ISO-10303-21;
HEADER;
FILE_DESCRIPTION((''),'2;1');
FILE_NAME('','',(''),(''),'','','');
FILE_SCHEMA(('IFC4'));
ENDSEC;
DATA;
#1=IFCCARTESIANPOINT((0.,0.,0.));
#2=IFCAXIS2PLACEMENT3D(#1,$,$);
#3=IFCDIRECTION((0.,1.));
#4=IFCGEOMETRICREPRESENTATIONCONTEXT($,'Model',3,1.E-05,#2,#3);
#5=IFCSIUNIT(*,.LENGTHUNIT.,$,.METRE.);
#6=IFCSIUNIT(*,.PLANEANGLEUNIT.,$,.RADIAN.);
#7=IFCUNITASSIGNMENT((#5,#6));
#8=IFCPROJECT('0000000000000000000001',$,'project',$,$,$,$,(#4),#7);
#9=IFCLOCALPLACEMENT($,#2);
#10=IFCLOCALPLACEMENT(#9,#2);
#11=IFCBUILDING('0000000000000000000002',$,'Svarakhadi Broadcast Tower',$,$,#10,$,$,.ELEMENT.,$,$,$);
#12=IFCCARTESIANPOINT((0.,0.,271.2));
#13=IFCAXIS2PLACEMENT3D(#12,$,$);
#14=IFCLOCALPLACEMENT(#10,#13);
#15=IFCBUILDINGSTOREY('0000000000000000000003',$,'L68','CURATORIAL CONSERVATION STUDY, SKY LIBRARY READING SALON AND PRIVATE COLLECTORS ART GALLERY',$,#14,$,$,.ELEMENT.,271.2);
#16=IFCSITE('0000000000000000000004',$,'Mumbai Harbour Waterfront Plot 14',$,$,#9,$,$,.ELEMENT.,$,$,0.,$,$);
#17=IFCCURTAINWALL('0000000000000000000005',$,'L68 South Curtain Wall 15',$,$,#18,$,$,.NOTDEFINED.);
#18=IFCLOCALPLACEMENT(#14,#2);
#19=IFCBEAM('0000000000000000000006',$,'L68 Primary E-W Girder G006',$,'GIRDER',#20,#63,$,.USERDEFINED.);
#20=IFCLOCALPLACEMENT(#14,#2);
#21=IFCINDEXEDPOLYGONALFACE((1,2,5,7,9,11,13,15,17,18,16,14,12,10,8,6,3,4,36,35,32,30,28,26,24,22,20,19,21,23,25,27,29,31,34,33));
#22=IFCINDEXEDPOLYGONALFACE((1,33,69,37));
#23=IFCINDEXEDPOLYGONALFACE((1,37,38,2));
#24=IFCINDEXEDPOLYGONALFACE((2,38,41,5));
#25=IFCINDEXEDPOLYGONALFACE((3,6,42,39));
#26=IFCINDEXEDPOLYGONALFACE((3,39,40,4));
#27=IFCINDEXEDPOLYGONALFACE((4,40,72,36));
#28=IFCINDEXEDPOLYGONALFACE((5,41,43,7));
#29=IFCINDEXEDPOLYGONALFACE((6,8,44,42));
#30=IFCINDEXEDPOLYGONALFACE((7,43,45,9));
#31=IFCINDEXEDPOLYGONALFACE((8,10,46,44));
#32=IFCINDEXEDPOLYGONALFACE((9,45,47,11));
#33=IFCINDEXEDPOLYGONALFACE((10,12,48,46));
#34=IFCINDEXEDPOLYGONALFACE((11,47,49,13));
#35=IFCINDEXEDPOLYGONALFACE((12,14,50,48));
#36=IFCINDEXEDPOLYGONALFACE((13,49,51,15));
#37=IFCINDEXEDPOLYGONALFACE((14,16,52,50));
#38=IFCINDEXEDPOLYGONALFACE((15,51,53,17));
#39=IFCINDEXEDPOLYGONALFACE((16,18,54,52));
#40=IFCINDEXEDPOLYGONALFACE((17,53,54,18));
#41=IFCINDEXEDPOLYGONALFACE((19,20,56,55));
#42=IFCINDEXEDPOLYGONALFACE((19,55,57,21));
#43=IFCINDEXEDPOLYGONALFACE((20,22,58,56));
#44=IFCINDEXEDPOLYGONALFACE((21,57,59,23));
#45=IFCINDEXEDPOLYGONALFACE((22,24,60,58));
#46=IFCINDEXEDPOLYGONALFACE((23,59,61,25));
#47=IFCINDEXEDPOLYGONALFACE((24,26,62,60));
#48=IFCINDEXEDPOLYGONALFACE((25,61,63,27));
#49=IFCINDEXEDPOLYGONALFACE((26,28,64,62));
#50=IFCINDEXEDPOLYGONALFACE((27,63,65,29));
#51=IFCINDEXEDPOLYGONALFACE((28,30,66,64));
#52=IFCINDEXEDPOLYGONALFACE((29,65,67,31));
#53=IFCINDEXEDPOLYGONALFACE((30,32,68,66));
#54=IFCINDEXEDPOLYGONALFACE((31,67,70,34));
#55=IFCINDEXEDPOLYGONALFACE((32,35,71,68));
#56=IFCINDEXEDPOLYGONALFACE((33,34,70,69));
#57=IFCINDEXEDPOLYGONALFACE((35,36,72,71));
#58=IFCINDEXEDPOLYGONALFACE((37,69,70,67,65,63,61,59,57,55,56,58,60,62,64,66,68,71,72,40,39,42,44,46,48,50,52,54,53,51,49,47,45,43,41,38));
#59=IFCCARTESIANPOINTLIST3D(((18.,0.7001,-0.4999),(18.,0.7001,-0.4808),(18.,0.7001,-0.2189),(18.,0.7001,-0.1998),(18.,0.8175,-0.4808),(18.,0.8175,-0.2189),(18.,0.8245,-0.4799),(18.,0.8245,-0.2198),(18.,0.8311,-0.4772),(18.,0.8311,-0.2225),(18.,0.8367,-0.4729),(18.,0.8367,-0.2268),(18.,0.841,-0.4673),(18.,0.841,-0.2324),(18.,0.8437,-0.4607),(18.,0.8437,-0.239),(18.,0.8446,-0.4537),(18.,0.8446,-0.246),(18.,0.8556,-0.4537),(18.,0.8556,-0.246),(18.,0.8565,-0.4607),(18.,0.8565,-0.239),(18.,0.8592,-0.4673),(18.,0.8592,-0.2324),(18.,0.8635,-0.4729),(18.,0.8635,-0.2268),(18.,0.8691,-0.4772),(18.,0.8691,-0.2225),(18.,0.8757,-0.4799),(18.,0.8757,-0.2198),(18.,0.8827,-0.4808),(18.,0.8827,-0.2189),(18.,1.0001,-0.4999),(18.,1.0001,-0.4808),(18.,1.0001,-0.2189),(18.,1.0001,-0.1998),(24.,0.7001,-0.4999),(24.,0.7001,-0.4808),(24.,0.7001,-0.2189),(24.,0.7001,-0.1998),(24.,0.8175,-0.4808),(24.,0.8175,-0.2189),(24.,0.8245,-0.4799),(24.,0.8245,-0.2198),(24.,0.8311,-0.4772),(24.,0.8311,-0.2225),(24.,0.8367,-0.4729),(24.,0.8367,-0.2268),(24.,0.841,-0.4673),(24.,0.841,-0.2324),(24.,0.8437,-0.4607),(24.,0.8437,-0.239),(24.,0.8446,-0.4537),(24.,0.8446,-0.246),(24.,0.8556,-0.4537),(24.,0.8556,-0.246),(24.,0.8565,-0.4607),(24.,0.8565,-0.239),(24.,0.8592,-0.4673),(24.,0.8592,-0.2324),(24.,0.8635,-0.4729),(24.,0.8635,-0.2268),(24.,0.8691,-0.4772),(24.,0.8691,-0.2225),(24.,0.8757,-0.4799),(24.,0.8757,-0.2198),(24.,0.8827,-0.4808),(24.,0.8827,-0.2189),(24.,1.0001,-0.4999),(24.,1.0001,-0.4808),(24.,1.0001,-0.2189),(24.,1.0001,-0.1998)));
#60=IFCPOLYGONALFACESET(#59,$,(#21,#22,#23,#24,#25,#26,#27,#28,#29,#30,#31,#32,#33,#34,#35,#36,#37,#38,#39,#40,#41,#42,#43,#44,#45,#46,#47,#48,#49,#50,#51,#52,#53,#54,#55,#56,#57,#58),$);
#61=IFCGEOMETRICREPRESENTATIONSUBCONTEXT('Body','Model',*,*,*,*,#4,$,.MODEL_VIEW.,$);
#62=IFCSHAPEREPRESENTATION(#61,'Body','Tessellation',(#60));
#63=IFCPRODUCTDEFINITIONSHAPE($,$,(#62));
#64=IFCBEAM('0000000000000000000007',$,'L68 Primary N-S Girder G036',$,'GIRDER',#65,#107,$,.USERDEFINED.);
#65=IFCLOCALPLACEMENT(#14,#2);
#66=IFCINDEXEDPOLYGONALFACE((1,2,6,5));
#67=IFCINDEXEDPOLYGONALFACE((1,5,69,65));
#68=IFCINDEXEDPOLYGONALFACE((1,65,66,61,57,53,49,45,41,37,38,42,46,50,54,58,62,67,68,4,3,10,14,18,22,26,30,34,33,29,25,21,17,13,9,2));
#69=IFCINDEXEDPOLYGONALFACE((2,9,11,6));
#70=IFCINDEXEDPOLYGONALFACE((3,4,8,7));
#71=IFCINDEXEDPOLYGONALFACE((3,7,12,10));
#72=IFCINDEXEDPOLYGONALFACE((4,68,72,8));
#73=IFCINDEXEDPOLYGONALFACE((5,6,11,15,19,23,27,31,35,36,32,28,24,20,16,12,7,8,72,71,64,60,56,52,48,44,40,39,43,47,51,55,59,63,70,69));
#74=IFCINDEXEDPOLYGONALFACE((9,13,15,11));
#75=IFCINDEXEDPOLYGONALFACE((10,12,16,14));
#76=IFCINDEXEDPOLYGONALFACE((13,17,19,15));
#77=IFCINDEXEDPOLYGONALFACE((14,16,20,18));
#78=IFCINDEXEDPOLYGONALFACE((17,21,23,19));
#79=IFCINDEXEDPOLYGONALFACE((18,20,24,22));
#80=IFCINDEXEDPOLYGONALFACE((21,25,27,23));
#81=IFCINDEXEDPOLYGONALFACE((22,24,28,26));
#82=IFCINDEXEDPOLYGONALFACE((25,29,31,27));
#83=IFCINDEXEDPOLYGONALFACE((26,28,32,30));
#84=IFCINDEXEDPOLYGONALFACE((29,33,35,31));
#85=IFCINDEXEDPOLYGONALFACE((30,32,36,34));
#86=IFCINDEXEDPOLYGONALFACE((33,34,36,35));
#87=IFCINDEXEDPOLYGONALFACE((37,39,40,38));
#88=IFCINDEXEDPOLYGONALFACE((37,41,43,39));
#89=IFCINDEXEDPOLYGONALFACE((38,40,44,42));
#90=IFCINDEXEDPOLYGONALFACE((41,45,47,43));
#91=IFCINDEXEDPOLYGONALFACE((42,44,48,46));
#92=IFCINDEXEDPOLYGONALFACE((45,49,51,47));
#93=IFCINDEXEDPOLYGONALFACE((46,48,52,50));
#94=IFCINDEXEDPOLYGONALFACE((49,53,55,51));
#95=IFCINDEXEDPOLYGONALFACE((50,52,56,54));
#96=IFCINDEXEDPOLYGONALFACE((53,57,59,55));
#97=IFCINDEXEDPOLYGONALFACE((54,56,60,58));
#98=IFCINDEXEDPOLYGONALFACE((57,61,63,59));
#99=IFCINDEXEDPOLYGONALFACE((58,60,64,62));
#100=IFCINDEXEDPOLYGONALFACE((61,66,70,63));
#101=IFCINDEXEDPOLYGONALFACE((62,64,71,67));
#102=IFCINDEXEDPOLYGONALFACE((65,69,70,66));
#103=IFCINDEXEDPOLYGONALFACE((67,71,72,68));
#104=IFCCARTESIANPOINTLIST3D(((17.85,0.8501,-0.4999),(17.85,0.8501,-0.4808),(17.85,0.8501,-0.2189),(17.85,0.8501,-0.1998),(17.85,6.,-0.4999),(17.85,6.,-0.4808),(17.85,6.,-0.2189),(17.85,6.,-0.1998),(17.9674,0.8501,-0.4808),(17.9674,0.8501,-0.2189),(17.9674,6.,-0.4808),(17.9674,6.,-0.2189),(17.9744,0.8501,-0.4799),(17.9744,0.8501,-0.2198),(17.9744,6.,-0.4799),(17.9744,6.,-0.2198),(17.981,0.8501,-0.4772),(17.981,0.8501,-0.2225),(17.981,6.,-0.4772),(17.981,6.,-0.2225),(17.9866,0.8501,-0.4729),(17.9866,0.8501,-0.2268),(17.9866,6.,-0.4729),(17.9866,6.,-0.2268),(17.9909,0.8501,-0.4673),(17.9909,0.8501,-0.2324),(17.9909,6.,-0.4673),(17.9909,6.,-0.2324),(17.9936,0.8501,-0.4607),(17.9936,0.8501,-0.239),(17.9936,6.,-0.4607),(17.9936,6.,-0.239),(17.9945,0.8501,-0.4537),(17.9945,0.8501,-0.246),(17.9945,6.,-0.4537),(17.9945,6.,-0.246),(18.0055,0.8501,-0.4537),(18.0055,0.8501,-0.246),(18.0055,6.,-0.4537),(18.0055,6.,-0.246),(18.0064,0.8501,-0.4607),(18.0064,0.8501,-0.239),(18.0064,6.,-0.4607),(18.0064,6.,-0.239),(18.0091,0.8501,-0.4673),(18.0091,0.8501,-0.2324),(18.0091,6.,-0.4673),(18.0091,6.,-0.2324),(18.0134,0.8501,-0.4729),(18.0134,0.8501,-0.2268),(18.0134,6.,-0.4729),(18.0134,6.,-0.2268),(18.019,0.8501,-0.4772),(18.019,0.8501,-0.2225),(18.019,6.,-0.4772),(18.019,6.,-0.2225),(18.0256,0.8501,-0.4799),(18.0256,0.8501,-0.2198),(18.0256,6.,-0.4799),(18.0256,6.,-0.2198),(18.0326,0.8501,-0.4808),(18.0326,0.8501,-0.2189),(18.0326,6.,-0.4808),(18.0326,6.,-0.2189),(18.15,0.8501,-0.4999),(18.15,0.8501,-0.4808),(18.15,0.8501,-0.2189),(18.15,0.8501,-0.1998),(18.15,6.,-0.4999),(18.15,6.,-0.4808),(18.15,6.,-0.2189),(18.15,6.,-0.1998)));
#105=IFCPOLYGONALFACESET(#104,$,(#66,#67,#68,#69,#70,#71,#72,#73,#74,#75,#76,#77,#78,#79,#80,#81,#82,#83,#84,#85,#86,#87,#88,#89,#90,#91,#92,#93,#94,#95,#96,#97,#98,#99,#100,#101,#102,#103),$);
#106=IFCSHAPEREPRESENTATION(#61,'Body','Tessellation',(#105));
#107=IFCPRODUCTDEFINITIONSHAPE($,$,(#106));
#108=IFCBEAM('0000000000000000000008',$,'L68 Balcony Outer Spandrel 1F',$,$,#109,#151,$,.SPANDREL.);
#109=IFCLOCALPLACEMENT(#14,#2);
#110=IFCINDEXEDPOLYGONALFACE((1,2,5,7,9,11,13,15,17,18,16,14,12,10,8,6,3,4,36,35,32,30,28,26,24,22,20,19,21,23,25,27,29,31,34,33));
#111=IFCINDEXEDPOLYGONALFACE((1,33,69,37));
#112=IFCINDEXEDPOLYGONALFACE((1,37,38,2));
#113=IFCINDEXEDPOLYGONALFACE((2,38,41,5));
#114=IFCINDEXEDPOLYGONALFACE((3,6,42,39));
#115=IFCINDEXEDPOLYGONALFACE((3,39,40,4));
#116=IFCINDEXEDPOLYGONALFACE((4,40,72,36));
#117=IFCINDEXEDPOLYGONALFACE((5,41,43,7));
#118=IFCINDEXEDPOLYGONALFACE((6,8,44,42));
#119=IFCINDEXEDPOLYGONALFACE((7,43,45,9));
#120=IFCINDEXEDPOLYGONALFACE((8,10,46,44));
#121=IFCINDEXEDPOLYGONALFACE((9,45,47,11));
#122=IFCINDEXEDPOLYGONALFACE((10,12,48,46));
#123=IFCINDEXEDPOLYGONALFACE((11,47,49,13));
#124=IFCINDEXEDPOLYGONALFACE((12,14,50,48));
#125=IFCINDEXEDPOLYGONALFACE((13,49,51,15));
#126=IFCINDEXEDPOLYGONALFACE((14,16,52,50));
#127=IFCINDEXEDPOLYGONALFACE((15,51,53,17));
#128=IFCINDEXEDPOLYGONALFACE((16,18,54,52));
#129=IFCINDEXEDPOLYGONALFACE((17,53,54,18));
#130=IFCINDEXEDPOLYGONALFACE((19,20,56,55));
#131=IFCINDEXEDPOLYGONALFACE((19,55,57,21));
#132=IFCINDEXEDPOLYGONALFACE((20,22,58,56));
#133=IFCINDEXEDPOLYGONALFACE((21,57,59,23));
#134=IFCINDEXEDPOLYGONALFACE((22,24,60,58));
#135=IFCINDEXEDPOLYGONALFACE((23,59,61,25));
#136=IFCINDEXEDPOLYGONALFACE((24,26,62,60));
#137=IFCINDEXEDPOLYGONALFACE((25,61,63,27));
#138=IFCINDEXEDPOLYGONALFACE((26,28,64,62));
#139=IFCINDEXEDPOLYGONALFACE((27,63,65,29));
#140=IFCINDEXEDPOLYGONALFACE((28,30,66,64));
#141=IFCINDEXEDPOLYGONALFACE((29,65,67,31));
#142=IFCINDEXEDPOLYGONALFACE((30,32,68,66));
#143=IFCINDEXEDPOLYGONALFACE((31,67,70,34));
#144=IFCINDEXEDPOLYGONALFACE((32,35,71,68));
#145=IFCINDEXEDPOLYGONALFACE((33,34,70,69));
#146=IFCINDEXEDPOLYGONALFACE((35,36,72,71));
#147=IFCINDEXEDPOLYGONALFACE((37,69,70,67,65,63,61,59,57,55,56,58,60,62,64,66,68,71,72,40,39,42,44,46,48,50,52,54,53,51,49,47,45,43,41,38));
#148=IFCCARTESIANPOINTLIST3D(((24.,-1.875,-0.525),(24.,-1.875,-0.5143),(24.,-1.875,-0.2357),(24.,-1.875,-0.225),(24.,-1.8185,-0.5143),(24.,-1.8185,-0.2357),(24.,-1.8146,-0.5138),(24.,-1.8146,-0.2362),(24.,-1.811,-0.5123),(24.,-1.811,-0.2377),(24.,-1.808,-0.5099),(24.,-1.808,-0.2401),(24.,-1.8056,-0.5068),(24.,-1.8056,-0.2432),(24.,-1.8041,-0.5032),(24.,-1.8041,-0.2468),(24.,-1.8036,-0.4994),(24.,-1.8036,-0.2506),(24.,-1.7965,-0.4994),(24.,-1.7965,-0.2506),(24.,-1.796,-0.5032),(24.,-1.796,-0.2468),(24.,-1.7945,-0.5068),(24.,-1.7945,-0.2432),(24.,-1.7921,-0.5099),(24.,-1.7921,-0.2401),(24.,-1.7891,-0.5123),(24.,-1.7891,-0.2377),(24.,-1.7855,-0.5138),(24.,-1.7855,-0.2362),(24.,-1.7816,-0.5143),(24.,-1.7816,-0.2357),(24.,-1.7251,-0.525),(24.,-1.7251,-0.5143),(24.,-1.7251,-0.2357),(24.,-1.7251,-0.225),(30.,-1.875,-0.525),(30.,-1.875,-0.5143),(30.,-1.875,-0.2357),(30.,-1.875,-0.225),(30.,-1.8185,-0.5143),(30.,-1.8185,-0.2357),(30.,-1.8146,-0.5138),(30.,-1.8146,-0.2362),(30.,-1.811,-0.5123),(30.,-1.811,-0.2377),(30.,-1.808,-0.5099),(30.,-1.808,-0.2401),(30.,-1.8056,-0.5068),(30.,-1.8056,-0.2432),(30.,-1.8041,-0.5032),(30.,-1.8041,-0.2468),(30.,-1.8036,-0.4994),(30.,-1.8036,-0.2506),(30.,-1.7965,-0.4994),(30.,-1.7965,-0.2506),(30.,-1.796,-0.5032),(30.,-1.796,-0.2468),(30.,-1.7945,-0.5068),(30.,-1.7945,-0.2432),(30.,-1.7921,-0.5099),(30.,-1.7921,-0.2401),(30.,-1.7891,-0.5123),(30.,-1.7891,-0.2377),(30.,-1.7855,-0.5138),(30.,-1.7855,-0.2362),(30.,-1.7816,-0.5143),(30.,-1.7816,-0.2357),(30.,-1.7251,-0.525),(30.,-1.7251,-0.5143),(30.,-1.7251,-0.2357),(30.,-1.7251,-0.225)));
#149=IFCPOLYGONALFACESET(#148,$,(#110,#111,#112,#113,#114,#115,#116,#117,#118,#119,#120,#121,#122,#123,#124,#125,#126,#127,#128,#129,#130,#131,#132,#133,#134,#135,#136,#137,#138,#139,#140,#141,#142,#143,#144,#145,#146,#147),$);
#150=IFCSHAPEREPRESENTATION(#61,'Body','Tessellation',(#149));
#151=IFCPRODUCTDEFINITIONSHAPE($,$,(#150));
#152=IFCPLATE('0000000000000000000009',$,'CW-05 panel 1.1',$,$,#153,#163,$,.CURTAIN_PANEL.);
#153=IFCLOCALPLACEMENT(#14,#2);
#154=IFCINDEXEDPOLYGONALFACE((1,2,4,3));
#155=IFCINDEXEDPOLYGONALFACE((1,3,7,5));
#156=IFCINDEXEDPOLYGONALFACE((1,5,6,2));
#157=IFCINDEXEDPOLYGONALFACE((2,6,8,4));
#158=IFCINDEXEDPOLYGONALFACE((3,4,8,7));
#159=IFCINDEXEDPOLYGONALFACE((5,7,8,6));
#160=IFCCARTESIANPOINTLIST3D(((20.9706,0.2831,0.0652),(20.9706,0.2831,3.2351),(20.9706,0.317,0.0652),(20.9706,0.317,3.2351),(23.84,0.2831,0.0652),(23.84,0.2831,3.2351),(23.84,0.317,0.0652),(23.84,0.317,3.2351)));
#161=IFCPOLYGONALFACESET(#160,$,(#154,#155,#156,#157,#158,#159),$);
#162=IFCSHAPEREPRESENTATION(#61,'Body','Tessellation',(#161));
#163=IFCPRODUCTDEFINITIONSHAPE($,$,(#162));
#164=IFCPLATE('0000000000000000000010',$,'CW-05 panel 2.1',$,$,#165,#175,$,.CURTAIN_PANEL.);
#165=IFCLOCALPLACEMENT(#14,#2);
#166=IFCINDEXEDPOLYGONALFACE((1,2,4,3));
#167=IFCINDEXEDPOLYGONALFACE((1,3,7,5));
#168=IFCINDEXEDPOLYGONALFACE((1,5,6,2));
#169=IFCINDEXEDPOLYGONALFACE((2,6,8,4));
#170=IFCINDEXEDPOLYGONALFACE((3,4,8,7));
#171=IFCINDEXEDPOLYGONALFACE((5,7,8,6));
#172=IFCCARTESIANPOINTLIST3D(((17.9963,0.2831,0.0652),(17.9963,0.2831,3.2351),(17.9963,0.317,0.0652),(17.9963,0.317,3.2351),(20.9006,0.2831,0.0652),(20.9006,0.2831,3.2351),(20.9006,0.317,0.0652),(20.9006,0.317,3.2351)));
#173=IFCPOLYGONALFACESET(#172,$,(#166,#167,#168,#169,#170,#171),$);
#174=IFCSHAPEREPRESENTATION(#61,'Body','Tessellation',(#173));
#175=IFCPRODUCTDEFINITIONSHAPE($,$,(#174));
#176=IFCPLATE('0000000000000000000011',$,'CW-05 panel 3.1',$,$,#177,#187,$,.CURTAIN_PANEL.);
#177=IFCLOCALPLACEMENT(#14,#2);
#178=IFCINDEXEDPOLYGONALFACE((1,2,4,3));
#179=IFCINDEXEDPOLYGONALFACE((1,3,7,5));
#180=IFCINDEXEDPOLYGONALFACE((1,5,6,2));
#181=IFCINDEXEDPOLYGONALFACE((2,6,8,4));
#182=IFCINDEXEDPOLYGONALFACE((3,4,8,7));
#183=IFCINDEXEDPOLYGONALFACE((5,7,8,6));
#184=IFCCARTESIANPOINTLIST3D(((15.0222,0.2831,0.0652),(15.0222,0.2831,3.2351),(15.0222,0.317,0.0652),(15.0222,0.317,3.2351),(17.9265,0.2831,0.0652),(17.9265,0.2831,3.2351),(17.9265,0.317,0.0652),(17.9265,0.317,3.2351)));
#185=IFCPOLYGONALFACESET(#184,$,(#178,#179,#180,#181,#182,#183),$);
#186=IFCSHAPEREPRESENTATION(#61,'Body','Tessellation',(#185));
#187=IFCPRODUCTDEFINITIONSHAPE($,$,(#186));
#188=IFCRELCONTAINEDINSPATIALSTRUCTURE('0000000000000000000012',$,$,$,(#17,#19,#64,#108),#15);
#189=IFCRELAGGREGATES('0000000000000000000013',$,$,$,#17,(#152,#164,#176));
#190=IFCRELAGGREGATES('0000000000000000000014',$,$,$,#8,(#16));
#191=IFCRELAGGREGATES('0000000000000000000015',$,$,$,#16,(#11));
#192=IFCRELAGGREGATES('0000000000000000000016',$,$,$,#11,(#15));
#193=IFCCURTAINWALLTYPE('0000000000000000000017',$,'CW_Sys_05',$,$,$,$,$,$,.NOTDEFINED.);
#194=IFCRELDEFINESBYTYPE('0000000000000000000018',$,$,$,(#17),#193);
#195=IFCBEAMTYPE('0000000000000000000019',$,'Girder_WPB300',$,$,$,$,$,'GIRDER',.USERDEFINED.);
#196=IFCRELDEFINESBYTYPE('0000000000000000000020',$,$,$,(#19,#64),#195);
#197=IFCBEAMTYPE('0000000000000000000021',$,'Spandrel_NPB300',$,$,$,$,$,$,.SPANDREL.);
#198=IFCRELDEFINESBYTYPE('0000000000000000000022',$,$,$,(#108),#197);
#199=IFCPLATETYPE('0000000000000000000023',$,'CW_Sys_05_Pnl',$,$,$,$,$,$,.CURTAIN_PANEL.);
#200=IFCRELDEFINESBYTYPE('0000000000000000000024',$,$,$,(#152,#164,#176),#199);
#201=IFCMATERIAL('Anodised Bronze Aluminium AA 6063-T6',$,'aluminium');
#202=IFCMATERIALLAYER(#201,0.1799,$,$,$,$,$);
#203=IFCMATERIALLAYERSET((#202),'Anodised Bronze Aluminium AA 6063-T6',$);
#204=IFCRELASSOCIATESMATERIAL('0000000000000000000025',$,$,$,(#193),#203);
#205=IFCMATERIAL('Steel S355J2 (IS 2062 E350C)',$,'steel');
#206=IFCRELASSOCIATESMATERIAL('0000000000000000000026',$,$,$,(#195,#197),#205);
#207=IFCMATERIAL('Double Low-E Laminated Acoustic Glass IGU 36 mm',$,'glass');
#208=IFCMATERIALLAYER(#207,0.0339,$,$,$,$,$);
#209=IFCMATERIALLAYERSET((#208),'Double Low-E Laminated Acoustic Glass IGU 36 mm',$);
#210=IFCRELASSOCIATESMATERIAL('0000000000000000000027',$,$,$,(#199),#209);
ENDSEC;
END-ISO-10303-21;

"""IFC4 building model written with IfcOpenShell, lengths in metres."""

from ifc_helpers import new_model, si_unit, direction, frame, origin, origin_2d, place, context, subcontext, project, spatial, rectangle, i_section, extrude, material, layer, layer_set, material_profile, profile_set, type_object, element, aggregate, save


model = new_model("IFC4")

# Units and contexts
model_context = context("Model", 3, precision=1e-05, world=origin(), true_north=direction((0.0, 1.0)))
body_context = subcontext(model_context, "Body", "Model", "MODEL_VIEW")
ifc_project = project(units=[si_unit("LENGTHUNIT", "METRE"), si_unit("PLANEANGLEUNIT", "RADIAN")], contexts=[model_context])

# Site, building, storey
site_placement = place(None, origin())
site = spatial("IfcSite", under=ifc_project, at=site_placement, Name="Mumbai Harbour Waterfront Plot 14", CompositionType="ELEMENT", RefElevation=0.0)
building_placement = place(site_placement, origin())
building = spatial("IfcBuilding", under=site, at=building_placement, Name="Svarakhadi Broadcast Tower", CompositionType="ELEMENT")
storey_placement = place(building_placement, frame((0.0, 0.0, 271.2)))
storey = spatial("IfcBuildingStorey", under=building, at=storey_placement, Name="L68", Description="CURATORIAL CONSERVATION STUDY, SKY LIBRARY READING SALON AND PRIVATE COLLECTORS ART GALLERY", CompositionType="ELEMENT", Elevation=271.2)

# Curtain wall
ifc_material_1 = material(Name="Anodised Bronze Aluminium AA 6063-T6", Category="aluminium")
ifc_layer_1 = layer(ifc_material_1, 0.1799)
ifc_layer_set_1 = layer_set([ifc_layer_1], Name="Anodised Bronze Aluminium AA 6063-T6")
curtain_wall_type = type_object("IfcCurtainWallType", Name="CW_Sys_05", PredefinedType="NOTDEFINED", material=ifc_layer_set_1)
curtain_wall_placement = place(storey_placement, origin())
curtain_wall = element("IfcCurtainWall", 1, at=curtain_wall_placement, inside=storey, type_object=curtain_wall_type, Name="L68 South Curtain Wall 15", PredefinedType="NOTDEFINED")

# Beams
ifc_material_2 = material(Name="Steel S355J2 (IS 2062 E350C)", Category="steel")
ifc_material_profile_1 = material_profile(ifc_material_2, i_section(OverallWidth=0.3, OverallDepth=0.3, WebThickness=0.011, FlangeThickness=0.019, FilletRadius=0.0271, at=origin_2d()), Name="WPB 300x300x117")
ifc_profile_set_1 = profile_set([ifc_material_profile_1], Name="Steel S355J2 (IS 2062 E350C)")
beam_type_1 = type_object("IfcBeamType", Name="Girder_WPB300", ElementType="GIRDER", PredefinedType="USERDEFINED", material=ifc_profile_set_1)
beam_1_placement = place(storey_placement, frame((18.0, 0.8501, -0.3499), z_axis=(1.0, 0.0, 0.0), x_axis=(0.0, 1.0, 0.0)))
element("IfcBeam", 2, at=beam_1_placement, inside=storey, type_object=beam_type_1, Name="L68 Primary E-W Girder G006", ObjectType="GIRDER", PredefinedType="USERDEFINED", context=body_context, shape_type="SweptSolid", body=[
    extrude(i_section(OverallWidth=0.3, OverallDepth=0.3, WebThickness=0.011, FlangeThickness=0.019, FilletRadius=0.0271, at=origin_2d()), origin(), (0.0, 0.0, 1.0), 6.0),
])
beam_2_placement = place(storey_placement, frame((18.0, 0.8501, -0.3499), z_axis=(0.0, 1.0, 0.0), x_axis=(-1.0, 0.0, 0.0)))
element("IfcBeam", 3, at=beam_2_placement, inside=storey, type_object=beam_type_1, Name="L68 Primary N-S Girder G036", ObjectType="GIRDER", PredefinedType="USERDEFINED", context=body_context, shape_type="SweptSolid", body=[
    extrude(i_section(OverallWidth=0.3, OverallDepth=0.3, WebThickness=0.011, FlangeThickness=0.019, FilletRadius=0.0271, at=origin_2d()), origin(), (0.0, 0.0, 1.0), 5.1499),
])
ifc_material_profile_2 = material_profile(ifc_material_2, i_section(OverallWidth=0.1499, OverallDepth=0.3, WebThickness=0.0071, FlangeThickness=0.0107, FilletRadius=0.0149, at=origin_2d()), Name="NPB 300x150x37")
ifc_profile_set_2 = profile_set([ifc_material_profile_2], Name="Steel S355J2 (IS 2062 E350C)")
beam_type_2 = type_object("IfcBeamType", Name="Spandrel_NPB300", PredefinedType="SPANDREL", material=ifc_profile_set_2)
beam_3_placement = place(storey_placement, frame((24.0, -1.8, -0.375), z_axis=(1.0, 0.0, 0.0), x_axis=(0.0, 1.0, 0.0)))
element("IfcBeam", 4, at=beam_3_placement, inside=storey, type_object=beam_type_2, Name="L68 Balcony Outer Spandrel 1F", PredefinedType="SPANDREL", context=body_context, shape_type="SweptSolid", body=[
    extrude(i_section(OverallWidth=0.1499, OverallDepth=0.3, WebThickness=0.0071, FlangeThickness=0.0107, FilletRadius=0.0149, at=origin_2d()), origin(), (0.0, 0.0, 1.0), 6.0),
])

# Plates
ifc_material_3 = material(Name="Double Low-E Laminated Acoustic Glass IGU 36 mm", Category="glass")
ifc_layer_2 = layer(ifc_material_3, 0.0339)
ifc_layer_set_2 = layer_set([ifc_layer_2], Name="Double Low-E Laminated Acoustic Glass IGU 36 mm")
plate_type_1 = type_object("IfcPlateType", Name="CW_Sys_05_Pnl", PredefinedType="CURTAIN_PANEL", material=ifc_layer_set_2)
plate_1_placement = place(storey_placement, frame((22.4053, 0.3, 0.0652), z_axis=(0.0, 0.0, 1.0), x_axis=(-1.0, 0.0, 0.0)))
plate_1 = element("IfcPlate", 5, at=plate_1_placement, type_object=plate_type_1, Name="CW-05 panel 1.1", PredefinedType="CURTAIN_PANEL", context=body_context, shape_type="SweptSolid", body=[
    extrude(rectangle(XDim=2.8694, YDim=0.0339, at=origin_2d()), origin(), (0.0, 0.0, 1.0), 3.1699),
])
plate_2_placement = place(storey_placement, frame((19.4485, 0.3, 0.0652), z_axis=(0.0, 0.0, 1.0), x_axis=(-1.0, 0.0, 0.0)))
plate_2 = element("IfcPlate", 6, at=plate_2_placement, type_object=plate_type_1, Name="CW-05 panel 2.1", PredefinedType="CURTAIN_PANEL", context=body_context, shape_type="SweptSolid", body=[
    extrude(rectangle(XDim=2.9043, YDim=0.0339, at=origin_2d()), origin(), (0.0, 0.0, 1.0), 3.1699),
])
plate_3_placement = place(storey_placement, frame((16.4744, 0.3, 0.0652), z_axis=(0.0, 0.0, 1.0), x_axis=(-1.0, 0.0, 0.0)))
plate_3 = element("IfcPlate", 7, at=plate_3_placement, type_object=plate_type_1, Name="CW-05 panel 3.1", PredefinedType="CURTAIN_PANEL", context=body_context, shape_type="SweptSolid", body=[
    extrude(rectangle(XDim=2.9043, YDim=0.0339, at=origin_2d()), origin(), (0.0, 0.0, 1.0), 3.1699),
])
aggregate(curtain_wall, [plate_1, plate_2, plate_3])

save(model, "model.ifc")
